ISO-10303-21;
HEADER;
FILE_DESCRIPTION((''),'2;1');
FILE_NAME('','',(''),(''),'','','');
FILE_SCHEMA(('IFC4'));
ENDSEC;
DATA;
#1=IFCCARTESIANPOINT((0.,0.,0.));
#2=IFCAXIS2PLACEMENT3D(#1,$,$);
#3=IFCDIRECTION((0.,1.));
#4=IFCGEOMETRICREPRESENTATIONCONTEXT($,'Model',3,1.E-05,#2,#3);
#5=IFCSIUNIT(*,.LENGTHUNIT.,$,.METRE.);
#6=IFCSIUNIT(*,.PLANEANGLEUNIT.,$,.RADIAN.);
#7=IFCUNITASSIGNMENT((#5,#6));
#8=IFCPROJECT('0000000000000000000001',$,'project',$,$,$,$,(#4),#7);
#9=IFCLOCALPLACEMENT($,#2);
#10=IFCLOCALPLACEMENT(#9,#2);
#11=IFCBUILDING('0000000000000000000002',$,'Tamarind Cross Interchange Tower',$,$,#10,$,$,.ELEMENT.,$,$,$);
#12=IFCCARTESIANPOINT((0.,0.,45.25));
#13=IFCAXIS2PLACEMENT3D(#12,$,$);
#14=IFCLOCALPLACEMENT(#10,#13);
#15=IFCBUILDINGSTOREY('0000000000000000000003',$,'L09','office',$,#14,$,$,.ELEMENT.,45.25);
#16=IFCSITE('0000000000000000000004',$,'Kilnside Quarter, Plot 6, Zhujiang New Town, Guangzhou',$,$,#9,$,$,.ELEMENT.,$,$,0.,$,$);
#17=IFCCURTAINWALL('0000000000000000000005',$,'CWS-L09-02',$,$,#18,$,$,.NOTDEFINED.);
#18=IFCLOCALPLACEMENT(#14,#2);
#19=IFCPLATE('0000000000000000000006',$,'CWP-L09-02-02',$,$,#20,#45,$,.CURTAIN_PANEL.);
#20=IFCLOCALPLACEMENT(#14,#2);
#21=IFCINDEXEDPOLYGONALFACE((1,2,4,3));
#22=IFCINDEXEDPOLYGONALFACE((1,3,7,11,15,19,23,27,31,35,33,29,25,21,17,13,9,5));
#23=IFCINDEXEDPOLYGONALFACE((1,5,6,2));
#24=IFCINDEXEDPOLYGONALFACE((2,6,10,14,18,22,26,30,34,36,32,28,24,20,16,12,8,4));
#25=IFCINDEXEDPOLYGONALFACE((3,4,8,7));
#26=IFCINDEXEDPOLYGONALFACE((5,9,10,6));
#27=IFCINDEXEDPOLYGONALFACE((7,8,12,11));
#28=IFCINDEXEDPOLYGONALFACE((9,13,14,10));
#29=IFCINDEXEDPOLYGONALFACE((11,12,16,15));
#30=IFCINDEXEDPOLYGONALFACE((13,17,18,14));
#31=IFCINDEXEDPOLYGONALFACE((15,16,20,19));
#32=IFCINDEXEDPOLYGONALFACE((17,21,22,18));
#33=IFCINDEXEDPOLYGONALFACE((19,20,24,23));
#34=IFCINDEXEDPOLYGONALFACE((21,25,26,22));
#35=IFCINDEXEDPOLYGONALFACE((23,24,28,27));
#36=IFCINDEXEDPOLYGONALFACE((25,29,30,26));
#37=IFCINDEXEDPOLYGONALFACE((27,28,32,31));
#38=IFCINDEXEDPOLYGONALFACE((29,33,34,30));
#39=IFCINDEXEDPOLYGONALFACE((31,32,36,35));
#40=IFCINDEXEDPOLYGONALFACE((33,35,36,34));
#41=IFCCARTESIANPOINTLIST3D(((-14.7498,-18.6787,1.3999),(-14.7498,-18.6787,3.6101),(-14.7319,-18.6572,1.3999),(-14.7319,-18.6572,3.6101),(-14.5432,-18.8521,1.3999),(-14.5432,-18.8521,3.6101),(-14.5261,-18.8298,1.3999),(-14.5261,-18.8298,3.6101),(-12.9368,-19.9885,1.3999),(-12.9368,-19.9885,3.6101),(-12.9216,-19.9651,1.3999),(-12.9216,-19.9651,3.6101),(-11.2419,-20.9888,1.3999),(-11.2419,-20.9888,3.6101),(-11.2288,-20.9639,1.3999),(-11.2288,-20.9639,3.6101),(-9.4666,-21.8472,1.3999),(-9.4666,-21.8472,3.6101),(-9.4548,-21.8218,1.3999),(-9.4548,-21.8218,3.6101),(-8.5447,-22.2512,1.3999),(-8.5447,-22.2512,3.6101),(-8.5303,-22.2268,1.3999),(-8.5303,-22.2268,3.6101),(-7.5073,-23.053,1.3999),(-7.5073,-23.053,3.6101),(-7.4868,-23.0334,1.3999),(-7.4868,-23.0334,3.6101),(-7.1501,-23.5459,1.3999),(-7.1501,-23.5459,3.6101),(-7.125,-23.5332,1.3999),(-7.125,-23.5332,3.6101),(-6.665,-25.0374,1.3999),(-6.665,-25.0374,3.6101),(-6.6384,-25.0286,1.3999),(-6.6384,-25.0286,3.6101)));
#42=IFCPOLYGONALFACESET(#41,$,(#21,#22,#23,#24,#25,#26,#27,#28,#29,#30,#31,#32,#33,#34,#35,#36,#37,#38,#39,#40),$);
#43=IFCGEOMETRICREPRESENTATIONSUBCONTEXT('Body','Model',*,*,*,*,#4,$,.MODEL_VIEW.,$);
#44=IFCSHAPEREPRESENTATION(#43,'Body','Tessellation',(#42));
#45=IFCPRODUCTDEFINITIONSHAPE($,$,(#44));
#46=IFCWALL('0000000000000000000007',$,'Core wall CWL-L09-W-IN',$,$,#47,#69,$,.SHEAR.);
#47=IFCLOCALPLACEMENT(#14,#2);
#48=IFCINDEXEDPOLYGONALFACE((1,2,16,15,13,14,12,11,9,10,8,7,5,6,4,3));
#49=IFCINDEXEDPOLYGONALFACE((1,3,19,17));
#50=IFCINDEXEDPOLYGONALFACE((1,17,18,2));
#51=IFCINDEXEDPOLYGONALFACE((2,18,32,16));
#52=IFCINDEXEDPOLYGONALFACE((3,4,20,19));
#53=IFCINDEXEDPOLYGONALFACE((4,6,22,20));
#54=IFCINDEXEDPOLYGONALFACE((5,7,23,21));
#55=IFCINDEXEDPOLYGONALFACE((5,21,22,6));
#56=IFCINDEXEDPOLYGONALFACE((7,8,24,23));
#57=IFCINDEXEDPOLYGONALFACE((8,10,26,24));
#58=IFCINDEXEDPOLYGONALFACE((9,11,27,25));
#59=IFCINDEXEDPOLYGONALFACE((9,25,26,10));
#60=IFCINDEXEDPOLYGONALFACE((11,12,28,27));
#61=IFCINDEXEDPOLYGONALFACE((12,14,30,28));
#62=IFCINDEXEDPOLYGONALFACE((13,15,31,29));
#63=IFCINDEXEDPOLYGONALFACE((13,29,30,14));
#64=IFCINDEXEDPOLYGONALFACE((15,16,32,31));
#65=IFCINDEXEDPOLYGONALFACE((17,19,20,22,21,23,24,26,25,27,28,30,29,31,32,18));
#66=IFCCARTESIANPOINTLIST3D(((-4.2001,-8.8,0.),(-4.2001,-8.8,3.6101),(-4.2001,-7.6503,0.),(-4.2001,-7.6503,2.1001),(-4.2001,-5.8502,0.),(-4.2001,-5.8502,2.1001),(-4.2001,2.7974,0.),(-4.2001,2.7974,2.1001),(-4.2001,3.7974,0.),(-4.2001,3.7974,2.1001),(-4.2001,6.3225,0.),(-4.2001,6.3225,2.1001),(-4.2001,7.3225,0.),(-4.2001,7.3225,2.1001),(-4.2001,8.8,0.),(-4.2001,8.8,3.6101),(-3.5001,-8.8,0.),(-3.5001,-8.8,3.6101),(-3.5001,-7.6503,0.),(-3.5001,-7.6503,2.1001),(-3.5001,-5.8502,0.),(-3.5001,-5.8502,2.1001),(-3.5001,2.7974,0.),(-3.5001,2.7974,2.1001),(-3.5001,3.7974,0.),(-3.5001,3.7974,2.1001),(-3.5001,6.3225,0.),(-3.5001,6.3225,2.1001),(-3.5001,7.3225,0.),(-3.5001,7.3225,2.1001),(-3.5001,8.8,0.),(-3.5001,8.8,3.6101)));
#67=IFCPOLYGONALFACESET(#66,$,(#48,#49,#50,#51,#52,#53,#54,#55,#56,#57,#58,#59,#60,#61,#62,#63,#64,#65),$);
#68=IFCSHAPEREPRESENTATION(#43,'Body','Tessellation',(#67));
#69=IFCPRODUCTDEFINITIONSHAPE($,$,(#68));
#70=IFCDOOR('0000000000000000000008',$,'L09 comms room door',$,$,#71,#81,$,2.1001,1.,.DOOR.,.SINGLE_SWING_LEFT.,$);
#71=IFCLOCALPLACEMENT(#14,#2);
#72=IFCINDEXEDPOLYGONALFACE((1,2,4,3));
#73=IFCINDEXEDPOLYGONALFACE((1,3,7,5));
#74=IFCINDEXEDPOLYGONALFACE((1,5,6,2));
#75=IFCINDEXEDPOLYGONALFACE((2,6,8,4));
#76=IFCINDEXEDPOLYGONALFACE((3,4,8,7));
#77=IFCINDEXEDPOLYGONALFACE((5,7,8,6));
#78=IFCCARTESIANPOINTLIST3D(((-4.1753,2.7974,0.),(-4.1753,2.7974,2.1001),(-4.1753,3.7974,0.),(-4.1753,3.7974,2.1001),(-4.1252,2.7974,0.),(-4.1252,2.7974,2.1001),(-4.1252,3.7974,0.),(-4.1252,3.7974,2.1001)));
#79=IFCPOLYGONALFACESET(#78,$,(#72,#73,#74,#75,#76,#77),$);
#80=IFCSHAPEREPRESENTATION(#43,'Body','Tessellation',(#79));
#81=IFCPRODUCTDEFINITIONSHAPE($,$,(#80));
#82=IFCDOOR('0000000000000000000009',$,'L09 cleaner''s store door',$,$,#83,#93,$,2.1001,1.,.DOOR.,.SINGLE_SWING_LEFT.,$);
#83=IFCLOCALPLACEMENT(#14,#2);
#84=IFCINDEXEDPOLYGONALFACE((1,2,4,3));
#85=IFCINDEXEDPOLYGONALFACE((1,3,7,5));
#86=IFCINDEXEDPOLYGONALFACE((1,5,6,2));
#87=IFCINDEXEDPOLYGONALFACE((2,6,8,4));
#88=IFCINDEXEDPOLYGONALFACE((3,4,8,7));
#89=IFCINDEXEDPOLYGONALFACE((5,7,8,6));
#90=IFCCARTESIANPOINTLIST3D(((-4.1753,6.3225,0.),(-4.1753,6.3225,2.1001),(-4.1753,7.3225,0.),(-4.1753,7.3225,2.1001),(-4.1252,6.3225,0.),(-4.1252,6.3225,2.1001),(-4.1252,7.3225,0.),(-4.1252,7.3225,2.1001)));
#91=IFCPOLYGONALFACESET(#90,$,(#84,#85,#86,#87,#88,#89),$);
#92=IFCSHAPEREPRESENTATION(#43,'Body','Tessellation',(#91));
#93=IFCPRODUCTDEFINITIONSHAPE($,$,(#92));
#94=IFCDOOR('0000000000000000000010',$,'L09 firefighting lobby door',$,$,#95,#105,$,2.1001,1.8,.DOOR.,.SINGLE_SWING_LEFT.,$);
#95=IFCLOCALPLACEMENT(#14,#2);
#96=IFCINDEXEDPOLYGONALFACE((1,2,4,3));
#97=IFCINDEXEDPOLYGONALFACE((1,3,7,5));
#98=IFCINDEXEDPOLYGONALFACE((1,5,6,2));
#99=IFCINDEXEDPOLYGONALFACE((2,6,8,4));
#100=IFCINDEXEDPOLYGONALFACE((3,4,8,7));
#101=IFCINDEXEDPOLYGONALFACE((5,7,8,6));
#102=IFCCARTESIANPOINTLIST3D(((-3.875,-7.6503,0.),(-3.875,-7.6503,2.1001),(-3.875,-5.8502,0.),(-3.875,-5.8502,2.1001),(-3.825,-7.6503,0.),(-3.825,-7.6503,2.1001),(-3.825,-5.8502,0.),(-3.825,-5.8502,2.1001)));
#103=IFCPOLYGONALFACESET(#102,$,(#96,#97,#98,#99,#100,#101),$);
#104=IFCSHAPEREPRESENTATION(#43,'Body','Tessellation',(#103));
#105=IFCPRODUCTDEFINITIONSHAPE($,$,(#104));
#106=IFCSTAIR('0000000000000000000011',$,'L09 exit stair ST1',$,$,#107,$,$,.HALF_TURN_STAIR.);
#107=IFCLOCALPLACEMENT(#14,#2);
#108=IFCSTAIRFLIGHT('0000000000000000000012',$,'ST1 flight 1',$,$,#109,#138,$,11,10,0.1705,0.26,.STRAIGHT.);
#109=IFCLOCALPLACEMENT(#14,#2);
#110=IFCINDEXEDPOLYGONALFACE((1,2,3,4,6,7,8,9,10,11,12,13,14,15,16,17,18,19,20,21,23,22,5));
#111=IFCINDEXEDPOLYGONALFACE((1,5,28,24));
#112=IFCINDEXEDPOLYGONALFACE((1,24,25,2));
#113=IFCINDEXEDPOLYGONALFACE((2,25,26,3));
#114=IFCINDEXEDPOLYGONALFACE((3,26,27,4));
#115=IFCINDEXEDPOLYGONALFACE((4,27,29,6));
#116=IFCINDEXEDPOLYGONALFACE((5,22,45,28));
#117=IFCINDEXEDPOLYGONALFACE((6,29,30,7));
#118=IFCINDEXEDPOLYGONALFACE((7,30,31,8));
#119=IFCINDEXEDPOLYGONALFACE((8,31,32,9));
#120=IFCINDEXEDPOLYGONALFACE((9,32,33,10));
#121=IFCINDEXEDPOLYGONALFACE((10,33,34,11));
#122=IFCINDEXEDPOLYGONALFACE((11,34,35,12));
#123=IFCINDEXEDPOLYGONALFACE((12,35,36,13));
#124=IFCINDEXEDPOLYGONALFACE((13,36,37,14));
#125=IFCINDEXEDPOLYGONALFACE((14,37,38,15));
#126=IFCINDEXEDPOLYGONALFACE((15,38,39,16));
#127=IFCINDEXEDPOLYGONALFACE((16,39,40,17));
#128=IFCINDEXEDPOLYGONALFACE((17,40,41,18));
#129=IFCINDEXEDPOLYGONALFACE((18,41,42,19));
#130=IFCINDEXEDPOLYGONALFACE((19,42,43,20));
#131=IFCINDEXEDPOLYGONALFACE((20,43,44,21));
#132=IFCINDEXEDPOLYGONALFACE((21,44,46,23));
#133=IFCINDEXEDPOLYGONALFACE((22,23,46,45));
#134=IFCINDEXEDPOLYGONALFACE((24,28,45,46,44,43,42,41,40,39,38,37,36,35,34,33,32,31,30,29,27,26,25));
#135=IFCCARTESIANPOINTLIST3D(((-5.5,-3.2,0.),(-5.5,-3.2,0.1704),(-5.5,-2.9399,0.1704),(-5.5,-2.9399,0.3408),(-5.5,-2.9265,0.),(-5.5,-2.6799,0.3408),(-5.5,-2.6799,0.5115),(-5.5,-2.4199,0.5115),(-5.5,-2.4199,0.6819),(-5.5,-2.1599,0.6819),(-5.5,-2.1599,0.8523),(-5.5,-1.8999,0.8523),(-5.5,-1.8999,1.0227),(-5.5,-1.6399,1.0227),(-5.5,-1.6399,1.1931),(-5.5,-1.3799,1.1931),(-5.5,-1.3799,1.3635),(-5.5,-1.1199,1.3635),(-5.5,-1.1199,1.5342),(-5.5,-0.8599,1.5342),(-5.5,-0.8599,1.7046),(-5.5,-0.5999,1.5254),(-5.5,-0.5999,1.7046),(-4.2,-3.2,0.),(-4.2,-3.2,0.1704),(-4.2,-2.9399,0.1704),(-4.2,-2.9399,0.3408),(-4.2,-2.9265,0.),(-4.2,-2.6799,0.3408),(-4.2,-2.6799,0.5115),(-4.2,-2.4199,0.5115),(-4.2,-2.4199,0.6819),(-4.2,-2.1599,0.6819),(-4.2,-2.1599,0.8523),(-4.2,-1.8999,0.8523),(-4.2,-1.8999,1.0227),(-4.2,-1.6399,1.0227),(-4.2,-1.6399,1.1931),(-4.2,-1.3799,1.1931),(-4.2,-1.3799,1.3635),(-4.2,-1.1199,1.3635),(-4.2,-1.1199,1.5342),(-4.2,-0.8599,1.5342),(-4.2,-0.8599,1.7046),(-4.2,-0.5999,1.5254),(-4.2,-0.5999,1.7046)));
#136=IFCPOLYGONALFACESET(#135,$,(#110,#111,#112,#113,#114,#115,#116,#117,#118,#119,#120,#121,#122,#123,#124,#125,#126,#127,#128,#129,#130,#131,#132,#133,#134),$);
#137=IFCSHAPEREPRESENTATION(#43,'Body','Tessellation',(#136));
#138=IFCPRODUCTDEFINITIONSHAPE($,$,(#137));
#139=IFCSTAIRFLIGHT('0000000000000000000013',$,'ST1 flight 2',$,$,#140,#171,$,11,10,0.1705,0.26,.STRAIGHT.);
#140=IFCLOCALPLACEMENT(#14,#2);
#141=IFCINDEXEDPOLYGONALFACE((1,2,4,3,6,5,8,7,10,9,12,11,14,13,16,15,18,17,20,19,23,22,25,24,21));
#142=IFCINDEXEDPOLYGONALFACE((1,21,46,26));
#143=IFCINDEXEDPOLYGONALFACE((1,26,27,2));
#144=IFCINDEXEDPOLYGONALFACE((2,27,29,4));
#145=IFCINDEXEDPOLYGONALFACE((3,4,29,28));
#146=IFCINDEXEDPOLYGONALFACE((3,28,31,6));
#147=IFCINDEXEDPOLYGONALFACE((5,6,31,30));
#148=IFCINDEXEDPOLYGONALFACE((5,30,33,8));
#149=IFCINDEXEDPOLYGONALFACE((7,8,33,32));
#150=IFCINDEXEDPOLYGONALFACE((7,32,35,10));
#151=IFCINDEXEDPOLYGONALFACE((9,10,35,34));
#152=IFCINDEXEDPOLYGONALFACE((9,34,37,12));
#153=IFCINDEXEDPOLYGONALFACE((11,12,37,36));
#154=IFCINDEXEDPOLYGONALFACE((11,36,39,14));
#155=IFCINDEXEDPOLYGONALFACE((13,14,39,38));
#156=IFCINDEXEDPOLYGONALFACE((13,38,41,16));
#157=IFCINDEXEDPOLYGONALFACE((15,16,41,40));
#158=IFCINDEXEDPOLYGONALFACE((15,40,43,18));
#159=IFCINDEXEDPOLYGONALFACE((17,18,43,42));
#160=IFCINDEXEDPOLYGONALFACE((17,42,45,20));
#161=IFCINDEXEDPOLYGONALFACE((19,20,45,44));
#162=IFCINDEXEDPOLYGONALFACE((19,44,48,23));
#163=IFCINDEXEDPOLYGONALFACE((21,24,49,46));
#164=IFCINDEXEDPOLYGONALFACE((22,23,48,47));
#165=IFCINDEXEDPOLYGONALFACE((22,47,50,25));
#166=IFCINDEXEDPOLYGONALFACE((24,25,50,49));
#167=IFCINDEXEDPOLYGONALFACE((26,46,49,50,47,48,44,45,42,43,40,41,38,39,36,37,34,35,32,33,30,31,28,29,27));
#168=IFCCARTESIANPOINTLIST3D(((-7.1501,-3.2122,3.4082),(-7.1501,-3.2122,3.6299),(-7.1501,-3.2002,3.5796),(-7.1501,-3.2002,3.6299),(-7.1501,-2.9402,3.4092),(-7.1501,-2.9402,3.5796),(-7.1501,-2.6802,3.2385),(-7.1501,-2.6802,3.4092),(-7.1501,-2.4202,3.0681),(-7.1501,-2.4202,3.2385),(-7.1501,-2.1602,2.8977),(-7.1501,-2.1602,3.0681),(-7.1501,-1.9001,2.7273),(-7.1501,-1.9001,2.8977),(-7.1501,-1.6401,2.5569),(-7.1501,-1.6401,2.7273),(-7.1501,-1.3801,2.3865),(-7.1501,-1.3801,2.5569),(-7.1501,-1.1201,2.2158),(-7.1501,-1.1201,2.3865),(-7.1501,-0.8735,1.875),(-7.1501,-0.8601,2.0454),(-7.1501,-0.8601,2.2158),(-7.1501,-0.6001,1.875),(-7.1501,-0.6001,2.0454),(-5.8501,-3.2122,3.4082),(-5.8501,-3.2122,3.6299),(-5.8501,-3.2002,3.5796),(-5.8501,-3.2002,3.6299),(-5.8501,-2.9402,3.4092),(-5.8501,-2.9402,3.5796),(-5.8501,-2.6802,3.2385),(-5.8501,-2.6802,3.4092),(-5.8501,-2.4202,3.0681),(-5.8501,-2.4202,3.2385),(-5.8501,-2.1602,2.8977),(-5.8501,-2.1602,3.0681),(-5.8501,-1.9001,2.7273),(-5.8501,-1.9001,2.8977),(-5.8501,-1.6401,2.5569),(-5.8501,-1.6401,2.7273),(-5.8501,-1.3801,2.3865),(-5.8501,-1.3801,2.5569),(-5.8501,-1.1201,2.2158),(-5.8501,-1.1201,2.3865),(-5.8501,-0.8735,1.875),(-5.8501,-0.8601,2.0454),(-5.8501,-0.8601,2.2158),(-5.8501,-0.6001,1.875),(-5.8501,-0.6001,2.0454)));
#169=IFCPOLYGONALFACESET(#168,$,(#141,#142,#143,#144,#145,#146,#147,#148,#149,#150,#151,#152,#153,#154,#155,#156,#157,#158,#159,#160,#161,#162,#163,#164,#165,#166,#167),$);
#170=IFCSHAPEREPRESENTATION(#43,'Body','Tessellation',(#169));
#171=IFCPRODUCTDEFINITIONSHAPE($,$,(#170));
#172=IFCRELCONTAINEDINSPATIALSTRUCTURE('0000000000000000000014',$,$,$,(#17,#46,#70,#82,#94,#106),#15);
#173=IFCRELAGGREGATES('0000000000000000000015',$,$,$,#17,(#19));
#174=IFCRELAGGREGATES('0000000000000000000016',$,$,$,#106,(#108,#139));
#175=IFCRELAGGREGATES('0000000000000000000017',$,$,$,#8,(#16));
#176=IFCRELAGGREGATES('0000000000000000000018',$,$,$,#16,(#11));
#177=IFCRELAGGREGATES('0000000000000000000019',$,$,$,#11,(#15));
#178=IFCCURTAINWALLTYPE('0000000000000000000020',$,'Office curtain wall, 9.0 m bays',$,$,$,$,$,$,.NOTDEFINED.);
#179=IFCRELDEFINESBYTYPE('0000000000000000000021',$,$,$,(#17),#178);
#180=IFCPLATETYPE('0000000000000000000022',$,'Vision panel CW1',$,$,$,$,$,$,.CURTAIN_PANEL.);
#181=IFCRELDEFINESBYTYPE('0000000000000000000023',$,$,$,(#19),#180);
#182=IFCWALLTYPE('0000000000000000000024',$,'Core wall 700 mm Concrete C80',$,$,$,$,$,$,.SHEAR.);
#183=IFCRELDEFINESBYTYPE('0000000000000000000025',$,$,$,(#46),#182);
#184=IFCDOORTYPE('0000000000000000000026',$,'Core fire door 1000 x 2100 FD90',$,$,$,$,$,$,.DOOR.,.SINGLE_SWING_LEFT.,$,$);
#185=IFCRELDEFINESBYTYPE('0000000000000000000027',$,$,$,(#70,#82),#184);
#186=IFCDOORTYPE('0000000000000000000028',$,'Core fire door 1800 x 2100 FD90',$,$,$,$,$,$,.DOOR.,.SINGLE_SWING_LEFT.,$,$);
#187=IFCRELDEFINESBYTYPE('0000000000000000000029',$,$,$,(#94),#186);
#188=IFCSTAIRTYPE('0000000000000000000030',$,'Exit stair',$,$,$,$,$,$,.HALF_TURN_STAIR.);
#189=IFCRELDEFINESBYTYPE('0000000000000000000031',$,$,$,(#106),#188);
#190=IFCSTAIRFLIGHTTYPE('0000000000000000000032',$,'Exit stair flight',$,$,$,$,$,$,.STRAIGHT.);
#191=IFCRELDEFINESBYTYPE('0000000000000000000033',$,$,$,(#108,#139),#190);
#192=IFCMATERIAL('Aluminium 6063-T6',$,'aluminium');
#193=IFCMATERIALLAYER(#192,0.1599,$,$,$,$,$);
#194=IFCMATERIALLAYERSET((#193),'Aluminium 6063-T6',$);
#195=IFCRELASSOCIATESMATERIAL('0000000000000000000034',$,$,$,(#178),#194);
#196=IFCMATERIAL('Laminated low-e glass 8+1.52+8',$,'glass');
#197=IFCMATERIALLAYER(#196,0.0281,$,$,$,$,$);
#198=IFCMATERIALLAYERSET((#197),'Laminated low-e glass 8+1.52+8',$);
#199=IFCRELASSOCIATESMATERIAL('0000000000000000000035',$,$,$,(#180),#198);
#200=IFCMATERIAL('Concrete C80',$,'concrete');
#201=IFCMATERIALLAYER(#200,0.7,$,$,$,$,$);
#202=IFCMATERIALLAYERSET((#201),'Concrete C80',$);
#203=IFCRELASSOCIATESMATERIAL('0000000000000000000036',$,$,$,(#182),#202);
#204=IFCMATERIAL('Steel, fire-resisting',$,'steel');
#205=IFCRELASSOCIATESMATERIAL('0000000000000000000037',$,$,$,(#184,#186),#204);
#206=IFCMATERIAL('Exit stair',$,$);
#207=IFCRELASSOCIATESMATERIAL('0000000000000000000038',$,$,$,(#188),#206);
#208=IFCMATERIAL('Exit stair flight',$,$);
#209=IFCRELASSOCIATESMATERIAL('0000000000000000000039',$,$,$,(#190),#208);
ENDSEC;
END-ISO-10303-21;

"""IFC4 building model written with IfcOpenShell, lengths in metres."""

from ifc_helpers import new_model, si_unit, direction, frame, frame_2d, origin, place, context, subcontext, project, spatial, polyline, rectangle, outline, extrude, material, layer, layer_set, type_object, element, fill, aggregate, save


model = new_model("IFC4")

# Units and contexts
model_context = context("Model", 3, precision=1e-05, world=origin(), true_north=direction((0.0, 1.0)))
body_context = subcontext(model_context, "Body", "Model", "MODEL_VIEW")
ifc_project = project(units=[si_unit("LENGTHUNIT", "METRE"), si_unit("PLANEANGLEUNIT", "RADIAN")], contexts=[model_context])

# Site, building, storey
site_placement = place(None, origin())
site = spatial("IfcSite", under=ifc_project, at=site_placement, Name="Kilnside Quarter, Plot 6, Zhujiang New Town, Guangzhou", CompositionType="ELEMENT", RefElevation=0.0)
building_placement = place(site_placement, origin())
building = spatial("IfcBuilding", under=site, at=building_placement, Name="Tamarind Cross Interchange Tower", CompositionType="ELEMENT")
storey_placement = place(building_placement, frame((0.0, 0.0, 45.25)))
storey = spatial("IfcBuildingStorey", under=building, at=storey_placement, Name="L09", Description="office", CompositionType="ELEMENT", Elevation=45.25)

# Curtain wall
ifc_material_1 = material(Name="Aluminium 6063-T6", Category="aluminium")
ifc_layer_1 = layer(ifc_material_1, 0.1599)
ifc_layer_set_1 = layer_set([ifc_layer_1], Name="Aluminium 6063-T6")
curtain_wall_type = type_object("IfcCurtainWallType", Name="Office curtain wall, 9.0 m bays", PredefinedType="NOTDEFINED", material=ifc_layer_set_1)
curtain_wall_1_placement = place(storey_placement, origin())
curtain_wall_1 = element("IfcCurtainWall", 1, at=curtain_wall_1_placement, inside=storey, type_object=curtain_wall_type, Name="CWS-L09-02", PredefinedType="NOTDEFINED")

# Plate
ifc_material_2 = material(Name="Laminated low-e glass 8+1.52+8", Category="glass")
ifc_layer_2 = layer(ifc_material_2, 0.0281)
ifc_layer_set_2 = layer_set([ifc_layer_2], Name="Laminated low-e glass 8+1.52+8")
plate_type = type_object("IfcPlateType", Name="Vision panel CW1", PredefinedType="CURTAIN_PANEL", material=ifc_layer_set_2)
plate_1_placement = place(storey_placement, frame((0.0, 0.0, 1.3999)))
plate_1 = element("IfcPlate", 2, at=plate_1_placement, type_object=plate_type, Name="CWP-L09-02-02", PredefinedType="CURTAIN_PANEL", context=body_context, shape_type="SweptSolid", body=[
    extrude(outline(polyline([(-14.7319, -18.6572), (-14.5261, -18.8298), (-12.9216, -19.9651), (-11.2288, -20.9639), (-9.4548, -21.8218), (-8.5303, -22.2268), (-7.4868, -23.0334), (-7.125, -23.5332), (-6.6384, -25.0286), (-6.665, -25.0374), (-7.1501, -23.5459), (-7.5073, -23.053), (-8.5447, -22.2512), (-9.4666, -21.8472), (-11.2419, -20.9888), (-12.9368, -19.9885), (-14.5432, -18.8521), (-14.7498, -18.6787), (-14.7319, -18.6572)])), origin(), (0.0, 0.0, 1.0), 2.2102),
])
aggregate(curtain_wall_1, [plate_1])

# Wall, openings, doors
ifc_material_3 = material(Name="Concrete C80", Category="concrete")
ifc_layer_3 = layer(ifc_material_3, 0.7)
ifc_layer_set_3 = layer_set([ifc_layer_3], Name="Concrete C80")
wall_type = type_object("IfcWallType", Name="Core wall 700 mm Concrete C80", PredefinedType="SHEAR", material=ifc_layer_set_3)
wall_placement = place(storey_placement, frame((-3.8501, -8.8, 0.0), z_axis=(0.0, 0.0, 1.0), x_axis=(0.0, 1.0, 0.0)))
wall = element("IfcWall", 3, at=wall_placement, inside=storey, type_object=wall_type, Name="Core wall CWL-L09-W-IN", PredefinedType="SHEAR", context=body_context, shape_type="SweptSolid", body=[
    extrude(rectangle(XDim=17.6001, YDim=0.7, at=frame_2d((8.8, 0.0))), origin(), (0.0, 0.0, 1.0), 3.6101),
])
opening_1_placement = place(wall_placement, frame((1.1499, 0.0, 0.0)))
opening_1 = element("IfcOpeningElement", 4, at=opening_1_placement, cuts=wall, PredefinedType="OPENING", context=body_context, shape_type="SweptSolid", body=[
    extrude(rectangle(XDim=1.8, YDim=2.1001, at=frame_2d((0.8999, 1.05))), frame((0.0, 0.3599, 0.0), z_axis=(0.0, -1.0, 0.0), x_axis=(1.0, 0.0, 0.0)), (0.0, 0.0, 1.0), 0.72),
])
opening_2_placement = place(wall_placement, frame((11.5974, 0.0, 0.0)))
opening_2 = element("IfcOpeningElement", 5, at=opening_2_placement, cuts=wall, PredefinedType="OPENING", context=body_context, shape_type="SweptSolid", body=[
    extrude(rectangle(XDim=1.0, YDim=2.1001, at=frame_2d((0.5, 1.05))), frame((0.0, 0.3599, 0.0), z_axis=(0.0, -1.0, 0.0), x_axis=(1.0, 0.0, 0.0)), (0.0, 0.0, 1.0), 0.72),
])
opening_3_placement = place(wall_placement, frame((15.1226, 0.0, 0.0)))
opening_3 = element("IfcOpeningElement", 6, at=opening_3_placement, cuts=wall, PredefinedType="OPENING", context=body_context, shape_type="SweptSolid", body=[
    extrude(rectangle(XDim=1.0, YDim=2.1001, at=frame_2d((0.5, 1.05))), frame((0.0, 0.3599, 0.0), z_axis=(0.0, -1.0, 0.0), x_axis=(1.0, 0.0, 0.0)), (0.0, 0.0, 1.0), 0.72),
])
ifc_material_4 = material(Name="Steel, fire-resisting", Category="steel")
door_type_1 = type_object("IfcDoorType", Name="Core fire door 1000 x 2100 FD90", OperationType="SINGLE_SWING_LEFT", PredefinedType="DOOR", material=ifc_material_4)
door_1_placement = place(opening_2_placement, origin())
door_1 = element("IfcDoor", 7, at=door_1_placement, inside=storey, type_object=door_type_1, Name="L09 comms room door", OperationType="SINGLE_SWING_LEFT", OverallHeight=2.1001, OverallWidth=1.0, PredefinedType="DOOR", context=body_context, shape_type="SweptSolid", body=[
    extrude(rectangle(XDim=1.0, YDim=2.1001, at=frame_2d((0.5, 1.05))), frame((0.0, 0.3252, 0.0), z_axis=(0.0, -1.0, 0.0), x_axis=(1.0, 0.0, 0.0)), (0.0, 0.0, 1.0), 0.05),
])
fill(opening_2, door_1)
door_2_placement = place(opening_3_placement, origin())
door_2 = element("IfcDoor", 8, at=door_2_placement, inside=storey, type_object=door_type_1, Name="L09 cleaner's store door", OperationType="SINGLE_SWING_LEFT", OverallHeight=2.1001, OverallWidth=1.0, PredefinedType="DOOR", context=body_context, shape_type="SweptSolid", body=[
    extrude(rectangle(XDim=1.0, YDim=2.1001, at=frame_2d((0.5, 1.05))), frame((0.0, 0.3252, 0.0), z_axis=(0.0, -1.0, 0.0), x_axis=(1.0, 0.0, 0.0)), (0.0, 0.0, 1.0), 0.05),
])
fill(opening_3, door_2)
door_type_2 = type_object("IfcDoorType", Name="Core fire door 1800 x 2100 FD90", OperationType="SINGLE_SWING_LEFT", PredefinedType="DOOR", material=ifc_material_4)
door_3_placement = place(opening_1_placement, origin())
door_3 = element("IfcDoor", 9, at=door_3_placement, inside=storey, type_object=door_type_2, Name="L09 firefighting lobby door", OperationType="SINGLE_SWING_LEFT", OverallHeight=2.1001, OverallWidth=1.8, PredefinedType="DOOR", context=body_context, shape_type="SweptSolid", body=[
    extrude(rectangle(XDim=1.8, YDim=2.1001, at=frame_2d((0.8999, 1.05))), frame((0.0, 0.0249, 0.0), z_axis=(0.0, -1.0, 0.0), x_axis=(1.0, 0.0, 0.0)), (0.0, 0.0, 1.0), 0.05),
])
fill(opening_1, door_3)

# Stair, stair flights
ifc_material_5 = material(Name="Exit stair")
stair_type = type_object("IfcStairType", Name="Exit stair", PredefinedType="HALF_TURN_STAIR", material=ifc_material_5)
stair_placement = place(storey_placement, origin())
stair = element("IfcStair", 10, at=stair_placement, inside=storey, type_object=stair_type, Name="L09 exit stair ST1", PredefinedType="HALF_TURN_STAIR")
ifc_material_6 = material(Name="Exit stair flight")
stair_flight_type = type_object("IfcStairFlightType", Name="Exit stair flight", PredefinedType="STRAIGHT", material=ifc_material_6)
stair_flight_1_placement = place(storey_placement, frame((-4.8501, -3.2, 0.0), z_axis=(0.0, 0.0, 1.0), x_axis=(0.0, 1.0, 0.0)))
stair_flight_1 = element("IfcStairFlight", 11, at=stair_flight_1_placement, type_object=stair_flight_type, Name="ST1 flight 1", NumberOfRisers=11, NumberOfTreads=10, PredefinedType="STRAIGHT", RiserHeight=0.1705, TreadLength=0.26, context=body_context, shape_type="SweptSolid", body=[
    extrude(outline(polyline([(0.0, 0.0), (0.0, 0.1704), (0.26, 0.1704), (0.26, 0.3408), (0.52, 0.3408), (0.52, 0.5115), (0.78, 0.5115), (0.78, 0.6819), (1.04, 0.6819), (1.04, 0.8523), (1.3, 0.8523), (1.3, 1.0227), (1.5601, 1.0227), (1.5601, 1.1931), (1.8201, 1.1931), (1.8201, 1.3635), (2.0801, 1.3635), (2.0801, 1.5342), (2.3401, 1.5342), (2.3401, 1.7046), (2.6001, 1.7046), (2.6001, 1.875), (2.6001, 1.5254), (0.2734, 0.0), (0.0, 0.0)])), frame((0.0, 0.6499, 0.0), z_axis=(0.0, -1.0, 0.0), x_axis=(1.0, 0.0, 0.0)), (0.0, 0.0, 1.0), 1.3),
])
stair_flight_2_placement = place(storey_placement, frame((-6.5, -0.6001, 1.875), z_axis=(0.0, 0.0, 1.0), x_axis=(0.0, -1.0, 0.0)))
stair_flight_2 = element("IfcStairFlight", 12, at=stair_flight_2_placement, type_object=stair_flight_type, Name="ST1 flight 2", NumberOfRisers=11, NumberOfTreads=10, PredefinedType="STRAIGHT", RiserHeight=0.1705, TreadLength=0.26, context=body_context, shape_type="SweptSolid", body=[
    extrude(outline(polyline([(0.0, 0.0), (0.0, 0.1704), (0.26, 0.1704), (0.26, 0.3408), (0.52, 0.3408), (0.52, 0.5115), (0.78, 0.5115), (0.78, 0.6819), (1.04, 0.6819), (1.04, 0.8523), (1.3, 0.8523), (1.3, 1.0227), (1.5601, 1.0227), (1.5601, 1.1931), (1.8201, 1.1931), (1.8201, 1.3635), (2.0801, 1.3635), (2.0801, 1.5342), (2.3401, 1.5342), (2.3401, 1.7046), (2.6001, 1.7046), (2.6001, 1.7549), (2.6121, 1.7549), (2.6121, 1.5332), (0.2734, 0.0), (0.0, 0.0)])), frame((0.0, 0.6499, 0.0), z_axis=(0.0, -1.0, 0.0), x_axis=(1.0, 0.0, 0.0)), (0.0, 0.0, 1.0), 1.3),
])
aggregate(stair, [stair_flight_1, stair_flight_2])

save(model, "model.ifc")
